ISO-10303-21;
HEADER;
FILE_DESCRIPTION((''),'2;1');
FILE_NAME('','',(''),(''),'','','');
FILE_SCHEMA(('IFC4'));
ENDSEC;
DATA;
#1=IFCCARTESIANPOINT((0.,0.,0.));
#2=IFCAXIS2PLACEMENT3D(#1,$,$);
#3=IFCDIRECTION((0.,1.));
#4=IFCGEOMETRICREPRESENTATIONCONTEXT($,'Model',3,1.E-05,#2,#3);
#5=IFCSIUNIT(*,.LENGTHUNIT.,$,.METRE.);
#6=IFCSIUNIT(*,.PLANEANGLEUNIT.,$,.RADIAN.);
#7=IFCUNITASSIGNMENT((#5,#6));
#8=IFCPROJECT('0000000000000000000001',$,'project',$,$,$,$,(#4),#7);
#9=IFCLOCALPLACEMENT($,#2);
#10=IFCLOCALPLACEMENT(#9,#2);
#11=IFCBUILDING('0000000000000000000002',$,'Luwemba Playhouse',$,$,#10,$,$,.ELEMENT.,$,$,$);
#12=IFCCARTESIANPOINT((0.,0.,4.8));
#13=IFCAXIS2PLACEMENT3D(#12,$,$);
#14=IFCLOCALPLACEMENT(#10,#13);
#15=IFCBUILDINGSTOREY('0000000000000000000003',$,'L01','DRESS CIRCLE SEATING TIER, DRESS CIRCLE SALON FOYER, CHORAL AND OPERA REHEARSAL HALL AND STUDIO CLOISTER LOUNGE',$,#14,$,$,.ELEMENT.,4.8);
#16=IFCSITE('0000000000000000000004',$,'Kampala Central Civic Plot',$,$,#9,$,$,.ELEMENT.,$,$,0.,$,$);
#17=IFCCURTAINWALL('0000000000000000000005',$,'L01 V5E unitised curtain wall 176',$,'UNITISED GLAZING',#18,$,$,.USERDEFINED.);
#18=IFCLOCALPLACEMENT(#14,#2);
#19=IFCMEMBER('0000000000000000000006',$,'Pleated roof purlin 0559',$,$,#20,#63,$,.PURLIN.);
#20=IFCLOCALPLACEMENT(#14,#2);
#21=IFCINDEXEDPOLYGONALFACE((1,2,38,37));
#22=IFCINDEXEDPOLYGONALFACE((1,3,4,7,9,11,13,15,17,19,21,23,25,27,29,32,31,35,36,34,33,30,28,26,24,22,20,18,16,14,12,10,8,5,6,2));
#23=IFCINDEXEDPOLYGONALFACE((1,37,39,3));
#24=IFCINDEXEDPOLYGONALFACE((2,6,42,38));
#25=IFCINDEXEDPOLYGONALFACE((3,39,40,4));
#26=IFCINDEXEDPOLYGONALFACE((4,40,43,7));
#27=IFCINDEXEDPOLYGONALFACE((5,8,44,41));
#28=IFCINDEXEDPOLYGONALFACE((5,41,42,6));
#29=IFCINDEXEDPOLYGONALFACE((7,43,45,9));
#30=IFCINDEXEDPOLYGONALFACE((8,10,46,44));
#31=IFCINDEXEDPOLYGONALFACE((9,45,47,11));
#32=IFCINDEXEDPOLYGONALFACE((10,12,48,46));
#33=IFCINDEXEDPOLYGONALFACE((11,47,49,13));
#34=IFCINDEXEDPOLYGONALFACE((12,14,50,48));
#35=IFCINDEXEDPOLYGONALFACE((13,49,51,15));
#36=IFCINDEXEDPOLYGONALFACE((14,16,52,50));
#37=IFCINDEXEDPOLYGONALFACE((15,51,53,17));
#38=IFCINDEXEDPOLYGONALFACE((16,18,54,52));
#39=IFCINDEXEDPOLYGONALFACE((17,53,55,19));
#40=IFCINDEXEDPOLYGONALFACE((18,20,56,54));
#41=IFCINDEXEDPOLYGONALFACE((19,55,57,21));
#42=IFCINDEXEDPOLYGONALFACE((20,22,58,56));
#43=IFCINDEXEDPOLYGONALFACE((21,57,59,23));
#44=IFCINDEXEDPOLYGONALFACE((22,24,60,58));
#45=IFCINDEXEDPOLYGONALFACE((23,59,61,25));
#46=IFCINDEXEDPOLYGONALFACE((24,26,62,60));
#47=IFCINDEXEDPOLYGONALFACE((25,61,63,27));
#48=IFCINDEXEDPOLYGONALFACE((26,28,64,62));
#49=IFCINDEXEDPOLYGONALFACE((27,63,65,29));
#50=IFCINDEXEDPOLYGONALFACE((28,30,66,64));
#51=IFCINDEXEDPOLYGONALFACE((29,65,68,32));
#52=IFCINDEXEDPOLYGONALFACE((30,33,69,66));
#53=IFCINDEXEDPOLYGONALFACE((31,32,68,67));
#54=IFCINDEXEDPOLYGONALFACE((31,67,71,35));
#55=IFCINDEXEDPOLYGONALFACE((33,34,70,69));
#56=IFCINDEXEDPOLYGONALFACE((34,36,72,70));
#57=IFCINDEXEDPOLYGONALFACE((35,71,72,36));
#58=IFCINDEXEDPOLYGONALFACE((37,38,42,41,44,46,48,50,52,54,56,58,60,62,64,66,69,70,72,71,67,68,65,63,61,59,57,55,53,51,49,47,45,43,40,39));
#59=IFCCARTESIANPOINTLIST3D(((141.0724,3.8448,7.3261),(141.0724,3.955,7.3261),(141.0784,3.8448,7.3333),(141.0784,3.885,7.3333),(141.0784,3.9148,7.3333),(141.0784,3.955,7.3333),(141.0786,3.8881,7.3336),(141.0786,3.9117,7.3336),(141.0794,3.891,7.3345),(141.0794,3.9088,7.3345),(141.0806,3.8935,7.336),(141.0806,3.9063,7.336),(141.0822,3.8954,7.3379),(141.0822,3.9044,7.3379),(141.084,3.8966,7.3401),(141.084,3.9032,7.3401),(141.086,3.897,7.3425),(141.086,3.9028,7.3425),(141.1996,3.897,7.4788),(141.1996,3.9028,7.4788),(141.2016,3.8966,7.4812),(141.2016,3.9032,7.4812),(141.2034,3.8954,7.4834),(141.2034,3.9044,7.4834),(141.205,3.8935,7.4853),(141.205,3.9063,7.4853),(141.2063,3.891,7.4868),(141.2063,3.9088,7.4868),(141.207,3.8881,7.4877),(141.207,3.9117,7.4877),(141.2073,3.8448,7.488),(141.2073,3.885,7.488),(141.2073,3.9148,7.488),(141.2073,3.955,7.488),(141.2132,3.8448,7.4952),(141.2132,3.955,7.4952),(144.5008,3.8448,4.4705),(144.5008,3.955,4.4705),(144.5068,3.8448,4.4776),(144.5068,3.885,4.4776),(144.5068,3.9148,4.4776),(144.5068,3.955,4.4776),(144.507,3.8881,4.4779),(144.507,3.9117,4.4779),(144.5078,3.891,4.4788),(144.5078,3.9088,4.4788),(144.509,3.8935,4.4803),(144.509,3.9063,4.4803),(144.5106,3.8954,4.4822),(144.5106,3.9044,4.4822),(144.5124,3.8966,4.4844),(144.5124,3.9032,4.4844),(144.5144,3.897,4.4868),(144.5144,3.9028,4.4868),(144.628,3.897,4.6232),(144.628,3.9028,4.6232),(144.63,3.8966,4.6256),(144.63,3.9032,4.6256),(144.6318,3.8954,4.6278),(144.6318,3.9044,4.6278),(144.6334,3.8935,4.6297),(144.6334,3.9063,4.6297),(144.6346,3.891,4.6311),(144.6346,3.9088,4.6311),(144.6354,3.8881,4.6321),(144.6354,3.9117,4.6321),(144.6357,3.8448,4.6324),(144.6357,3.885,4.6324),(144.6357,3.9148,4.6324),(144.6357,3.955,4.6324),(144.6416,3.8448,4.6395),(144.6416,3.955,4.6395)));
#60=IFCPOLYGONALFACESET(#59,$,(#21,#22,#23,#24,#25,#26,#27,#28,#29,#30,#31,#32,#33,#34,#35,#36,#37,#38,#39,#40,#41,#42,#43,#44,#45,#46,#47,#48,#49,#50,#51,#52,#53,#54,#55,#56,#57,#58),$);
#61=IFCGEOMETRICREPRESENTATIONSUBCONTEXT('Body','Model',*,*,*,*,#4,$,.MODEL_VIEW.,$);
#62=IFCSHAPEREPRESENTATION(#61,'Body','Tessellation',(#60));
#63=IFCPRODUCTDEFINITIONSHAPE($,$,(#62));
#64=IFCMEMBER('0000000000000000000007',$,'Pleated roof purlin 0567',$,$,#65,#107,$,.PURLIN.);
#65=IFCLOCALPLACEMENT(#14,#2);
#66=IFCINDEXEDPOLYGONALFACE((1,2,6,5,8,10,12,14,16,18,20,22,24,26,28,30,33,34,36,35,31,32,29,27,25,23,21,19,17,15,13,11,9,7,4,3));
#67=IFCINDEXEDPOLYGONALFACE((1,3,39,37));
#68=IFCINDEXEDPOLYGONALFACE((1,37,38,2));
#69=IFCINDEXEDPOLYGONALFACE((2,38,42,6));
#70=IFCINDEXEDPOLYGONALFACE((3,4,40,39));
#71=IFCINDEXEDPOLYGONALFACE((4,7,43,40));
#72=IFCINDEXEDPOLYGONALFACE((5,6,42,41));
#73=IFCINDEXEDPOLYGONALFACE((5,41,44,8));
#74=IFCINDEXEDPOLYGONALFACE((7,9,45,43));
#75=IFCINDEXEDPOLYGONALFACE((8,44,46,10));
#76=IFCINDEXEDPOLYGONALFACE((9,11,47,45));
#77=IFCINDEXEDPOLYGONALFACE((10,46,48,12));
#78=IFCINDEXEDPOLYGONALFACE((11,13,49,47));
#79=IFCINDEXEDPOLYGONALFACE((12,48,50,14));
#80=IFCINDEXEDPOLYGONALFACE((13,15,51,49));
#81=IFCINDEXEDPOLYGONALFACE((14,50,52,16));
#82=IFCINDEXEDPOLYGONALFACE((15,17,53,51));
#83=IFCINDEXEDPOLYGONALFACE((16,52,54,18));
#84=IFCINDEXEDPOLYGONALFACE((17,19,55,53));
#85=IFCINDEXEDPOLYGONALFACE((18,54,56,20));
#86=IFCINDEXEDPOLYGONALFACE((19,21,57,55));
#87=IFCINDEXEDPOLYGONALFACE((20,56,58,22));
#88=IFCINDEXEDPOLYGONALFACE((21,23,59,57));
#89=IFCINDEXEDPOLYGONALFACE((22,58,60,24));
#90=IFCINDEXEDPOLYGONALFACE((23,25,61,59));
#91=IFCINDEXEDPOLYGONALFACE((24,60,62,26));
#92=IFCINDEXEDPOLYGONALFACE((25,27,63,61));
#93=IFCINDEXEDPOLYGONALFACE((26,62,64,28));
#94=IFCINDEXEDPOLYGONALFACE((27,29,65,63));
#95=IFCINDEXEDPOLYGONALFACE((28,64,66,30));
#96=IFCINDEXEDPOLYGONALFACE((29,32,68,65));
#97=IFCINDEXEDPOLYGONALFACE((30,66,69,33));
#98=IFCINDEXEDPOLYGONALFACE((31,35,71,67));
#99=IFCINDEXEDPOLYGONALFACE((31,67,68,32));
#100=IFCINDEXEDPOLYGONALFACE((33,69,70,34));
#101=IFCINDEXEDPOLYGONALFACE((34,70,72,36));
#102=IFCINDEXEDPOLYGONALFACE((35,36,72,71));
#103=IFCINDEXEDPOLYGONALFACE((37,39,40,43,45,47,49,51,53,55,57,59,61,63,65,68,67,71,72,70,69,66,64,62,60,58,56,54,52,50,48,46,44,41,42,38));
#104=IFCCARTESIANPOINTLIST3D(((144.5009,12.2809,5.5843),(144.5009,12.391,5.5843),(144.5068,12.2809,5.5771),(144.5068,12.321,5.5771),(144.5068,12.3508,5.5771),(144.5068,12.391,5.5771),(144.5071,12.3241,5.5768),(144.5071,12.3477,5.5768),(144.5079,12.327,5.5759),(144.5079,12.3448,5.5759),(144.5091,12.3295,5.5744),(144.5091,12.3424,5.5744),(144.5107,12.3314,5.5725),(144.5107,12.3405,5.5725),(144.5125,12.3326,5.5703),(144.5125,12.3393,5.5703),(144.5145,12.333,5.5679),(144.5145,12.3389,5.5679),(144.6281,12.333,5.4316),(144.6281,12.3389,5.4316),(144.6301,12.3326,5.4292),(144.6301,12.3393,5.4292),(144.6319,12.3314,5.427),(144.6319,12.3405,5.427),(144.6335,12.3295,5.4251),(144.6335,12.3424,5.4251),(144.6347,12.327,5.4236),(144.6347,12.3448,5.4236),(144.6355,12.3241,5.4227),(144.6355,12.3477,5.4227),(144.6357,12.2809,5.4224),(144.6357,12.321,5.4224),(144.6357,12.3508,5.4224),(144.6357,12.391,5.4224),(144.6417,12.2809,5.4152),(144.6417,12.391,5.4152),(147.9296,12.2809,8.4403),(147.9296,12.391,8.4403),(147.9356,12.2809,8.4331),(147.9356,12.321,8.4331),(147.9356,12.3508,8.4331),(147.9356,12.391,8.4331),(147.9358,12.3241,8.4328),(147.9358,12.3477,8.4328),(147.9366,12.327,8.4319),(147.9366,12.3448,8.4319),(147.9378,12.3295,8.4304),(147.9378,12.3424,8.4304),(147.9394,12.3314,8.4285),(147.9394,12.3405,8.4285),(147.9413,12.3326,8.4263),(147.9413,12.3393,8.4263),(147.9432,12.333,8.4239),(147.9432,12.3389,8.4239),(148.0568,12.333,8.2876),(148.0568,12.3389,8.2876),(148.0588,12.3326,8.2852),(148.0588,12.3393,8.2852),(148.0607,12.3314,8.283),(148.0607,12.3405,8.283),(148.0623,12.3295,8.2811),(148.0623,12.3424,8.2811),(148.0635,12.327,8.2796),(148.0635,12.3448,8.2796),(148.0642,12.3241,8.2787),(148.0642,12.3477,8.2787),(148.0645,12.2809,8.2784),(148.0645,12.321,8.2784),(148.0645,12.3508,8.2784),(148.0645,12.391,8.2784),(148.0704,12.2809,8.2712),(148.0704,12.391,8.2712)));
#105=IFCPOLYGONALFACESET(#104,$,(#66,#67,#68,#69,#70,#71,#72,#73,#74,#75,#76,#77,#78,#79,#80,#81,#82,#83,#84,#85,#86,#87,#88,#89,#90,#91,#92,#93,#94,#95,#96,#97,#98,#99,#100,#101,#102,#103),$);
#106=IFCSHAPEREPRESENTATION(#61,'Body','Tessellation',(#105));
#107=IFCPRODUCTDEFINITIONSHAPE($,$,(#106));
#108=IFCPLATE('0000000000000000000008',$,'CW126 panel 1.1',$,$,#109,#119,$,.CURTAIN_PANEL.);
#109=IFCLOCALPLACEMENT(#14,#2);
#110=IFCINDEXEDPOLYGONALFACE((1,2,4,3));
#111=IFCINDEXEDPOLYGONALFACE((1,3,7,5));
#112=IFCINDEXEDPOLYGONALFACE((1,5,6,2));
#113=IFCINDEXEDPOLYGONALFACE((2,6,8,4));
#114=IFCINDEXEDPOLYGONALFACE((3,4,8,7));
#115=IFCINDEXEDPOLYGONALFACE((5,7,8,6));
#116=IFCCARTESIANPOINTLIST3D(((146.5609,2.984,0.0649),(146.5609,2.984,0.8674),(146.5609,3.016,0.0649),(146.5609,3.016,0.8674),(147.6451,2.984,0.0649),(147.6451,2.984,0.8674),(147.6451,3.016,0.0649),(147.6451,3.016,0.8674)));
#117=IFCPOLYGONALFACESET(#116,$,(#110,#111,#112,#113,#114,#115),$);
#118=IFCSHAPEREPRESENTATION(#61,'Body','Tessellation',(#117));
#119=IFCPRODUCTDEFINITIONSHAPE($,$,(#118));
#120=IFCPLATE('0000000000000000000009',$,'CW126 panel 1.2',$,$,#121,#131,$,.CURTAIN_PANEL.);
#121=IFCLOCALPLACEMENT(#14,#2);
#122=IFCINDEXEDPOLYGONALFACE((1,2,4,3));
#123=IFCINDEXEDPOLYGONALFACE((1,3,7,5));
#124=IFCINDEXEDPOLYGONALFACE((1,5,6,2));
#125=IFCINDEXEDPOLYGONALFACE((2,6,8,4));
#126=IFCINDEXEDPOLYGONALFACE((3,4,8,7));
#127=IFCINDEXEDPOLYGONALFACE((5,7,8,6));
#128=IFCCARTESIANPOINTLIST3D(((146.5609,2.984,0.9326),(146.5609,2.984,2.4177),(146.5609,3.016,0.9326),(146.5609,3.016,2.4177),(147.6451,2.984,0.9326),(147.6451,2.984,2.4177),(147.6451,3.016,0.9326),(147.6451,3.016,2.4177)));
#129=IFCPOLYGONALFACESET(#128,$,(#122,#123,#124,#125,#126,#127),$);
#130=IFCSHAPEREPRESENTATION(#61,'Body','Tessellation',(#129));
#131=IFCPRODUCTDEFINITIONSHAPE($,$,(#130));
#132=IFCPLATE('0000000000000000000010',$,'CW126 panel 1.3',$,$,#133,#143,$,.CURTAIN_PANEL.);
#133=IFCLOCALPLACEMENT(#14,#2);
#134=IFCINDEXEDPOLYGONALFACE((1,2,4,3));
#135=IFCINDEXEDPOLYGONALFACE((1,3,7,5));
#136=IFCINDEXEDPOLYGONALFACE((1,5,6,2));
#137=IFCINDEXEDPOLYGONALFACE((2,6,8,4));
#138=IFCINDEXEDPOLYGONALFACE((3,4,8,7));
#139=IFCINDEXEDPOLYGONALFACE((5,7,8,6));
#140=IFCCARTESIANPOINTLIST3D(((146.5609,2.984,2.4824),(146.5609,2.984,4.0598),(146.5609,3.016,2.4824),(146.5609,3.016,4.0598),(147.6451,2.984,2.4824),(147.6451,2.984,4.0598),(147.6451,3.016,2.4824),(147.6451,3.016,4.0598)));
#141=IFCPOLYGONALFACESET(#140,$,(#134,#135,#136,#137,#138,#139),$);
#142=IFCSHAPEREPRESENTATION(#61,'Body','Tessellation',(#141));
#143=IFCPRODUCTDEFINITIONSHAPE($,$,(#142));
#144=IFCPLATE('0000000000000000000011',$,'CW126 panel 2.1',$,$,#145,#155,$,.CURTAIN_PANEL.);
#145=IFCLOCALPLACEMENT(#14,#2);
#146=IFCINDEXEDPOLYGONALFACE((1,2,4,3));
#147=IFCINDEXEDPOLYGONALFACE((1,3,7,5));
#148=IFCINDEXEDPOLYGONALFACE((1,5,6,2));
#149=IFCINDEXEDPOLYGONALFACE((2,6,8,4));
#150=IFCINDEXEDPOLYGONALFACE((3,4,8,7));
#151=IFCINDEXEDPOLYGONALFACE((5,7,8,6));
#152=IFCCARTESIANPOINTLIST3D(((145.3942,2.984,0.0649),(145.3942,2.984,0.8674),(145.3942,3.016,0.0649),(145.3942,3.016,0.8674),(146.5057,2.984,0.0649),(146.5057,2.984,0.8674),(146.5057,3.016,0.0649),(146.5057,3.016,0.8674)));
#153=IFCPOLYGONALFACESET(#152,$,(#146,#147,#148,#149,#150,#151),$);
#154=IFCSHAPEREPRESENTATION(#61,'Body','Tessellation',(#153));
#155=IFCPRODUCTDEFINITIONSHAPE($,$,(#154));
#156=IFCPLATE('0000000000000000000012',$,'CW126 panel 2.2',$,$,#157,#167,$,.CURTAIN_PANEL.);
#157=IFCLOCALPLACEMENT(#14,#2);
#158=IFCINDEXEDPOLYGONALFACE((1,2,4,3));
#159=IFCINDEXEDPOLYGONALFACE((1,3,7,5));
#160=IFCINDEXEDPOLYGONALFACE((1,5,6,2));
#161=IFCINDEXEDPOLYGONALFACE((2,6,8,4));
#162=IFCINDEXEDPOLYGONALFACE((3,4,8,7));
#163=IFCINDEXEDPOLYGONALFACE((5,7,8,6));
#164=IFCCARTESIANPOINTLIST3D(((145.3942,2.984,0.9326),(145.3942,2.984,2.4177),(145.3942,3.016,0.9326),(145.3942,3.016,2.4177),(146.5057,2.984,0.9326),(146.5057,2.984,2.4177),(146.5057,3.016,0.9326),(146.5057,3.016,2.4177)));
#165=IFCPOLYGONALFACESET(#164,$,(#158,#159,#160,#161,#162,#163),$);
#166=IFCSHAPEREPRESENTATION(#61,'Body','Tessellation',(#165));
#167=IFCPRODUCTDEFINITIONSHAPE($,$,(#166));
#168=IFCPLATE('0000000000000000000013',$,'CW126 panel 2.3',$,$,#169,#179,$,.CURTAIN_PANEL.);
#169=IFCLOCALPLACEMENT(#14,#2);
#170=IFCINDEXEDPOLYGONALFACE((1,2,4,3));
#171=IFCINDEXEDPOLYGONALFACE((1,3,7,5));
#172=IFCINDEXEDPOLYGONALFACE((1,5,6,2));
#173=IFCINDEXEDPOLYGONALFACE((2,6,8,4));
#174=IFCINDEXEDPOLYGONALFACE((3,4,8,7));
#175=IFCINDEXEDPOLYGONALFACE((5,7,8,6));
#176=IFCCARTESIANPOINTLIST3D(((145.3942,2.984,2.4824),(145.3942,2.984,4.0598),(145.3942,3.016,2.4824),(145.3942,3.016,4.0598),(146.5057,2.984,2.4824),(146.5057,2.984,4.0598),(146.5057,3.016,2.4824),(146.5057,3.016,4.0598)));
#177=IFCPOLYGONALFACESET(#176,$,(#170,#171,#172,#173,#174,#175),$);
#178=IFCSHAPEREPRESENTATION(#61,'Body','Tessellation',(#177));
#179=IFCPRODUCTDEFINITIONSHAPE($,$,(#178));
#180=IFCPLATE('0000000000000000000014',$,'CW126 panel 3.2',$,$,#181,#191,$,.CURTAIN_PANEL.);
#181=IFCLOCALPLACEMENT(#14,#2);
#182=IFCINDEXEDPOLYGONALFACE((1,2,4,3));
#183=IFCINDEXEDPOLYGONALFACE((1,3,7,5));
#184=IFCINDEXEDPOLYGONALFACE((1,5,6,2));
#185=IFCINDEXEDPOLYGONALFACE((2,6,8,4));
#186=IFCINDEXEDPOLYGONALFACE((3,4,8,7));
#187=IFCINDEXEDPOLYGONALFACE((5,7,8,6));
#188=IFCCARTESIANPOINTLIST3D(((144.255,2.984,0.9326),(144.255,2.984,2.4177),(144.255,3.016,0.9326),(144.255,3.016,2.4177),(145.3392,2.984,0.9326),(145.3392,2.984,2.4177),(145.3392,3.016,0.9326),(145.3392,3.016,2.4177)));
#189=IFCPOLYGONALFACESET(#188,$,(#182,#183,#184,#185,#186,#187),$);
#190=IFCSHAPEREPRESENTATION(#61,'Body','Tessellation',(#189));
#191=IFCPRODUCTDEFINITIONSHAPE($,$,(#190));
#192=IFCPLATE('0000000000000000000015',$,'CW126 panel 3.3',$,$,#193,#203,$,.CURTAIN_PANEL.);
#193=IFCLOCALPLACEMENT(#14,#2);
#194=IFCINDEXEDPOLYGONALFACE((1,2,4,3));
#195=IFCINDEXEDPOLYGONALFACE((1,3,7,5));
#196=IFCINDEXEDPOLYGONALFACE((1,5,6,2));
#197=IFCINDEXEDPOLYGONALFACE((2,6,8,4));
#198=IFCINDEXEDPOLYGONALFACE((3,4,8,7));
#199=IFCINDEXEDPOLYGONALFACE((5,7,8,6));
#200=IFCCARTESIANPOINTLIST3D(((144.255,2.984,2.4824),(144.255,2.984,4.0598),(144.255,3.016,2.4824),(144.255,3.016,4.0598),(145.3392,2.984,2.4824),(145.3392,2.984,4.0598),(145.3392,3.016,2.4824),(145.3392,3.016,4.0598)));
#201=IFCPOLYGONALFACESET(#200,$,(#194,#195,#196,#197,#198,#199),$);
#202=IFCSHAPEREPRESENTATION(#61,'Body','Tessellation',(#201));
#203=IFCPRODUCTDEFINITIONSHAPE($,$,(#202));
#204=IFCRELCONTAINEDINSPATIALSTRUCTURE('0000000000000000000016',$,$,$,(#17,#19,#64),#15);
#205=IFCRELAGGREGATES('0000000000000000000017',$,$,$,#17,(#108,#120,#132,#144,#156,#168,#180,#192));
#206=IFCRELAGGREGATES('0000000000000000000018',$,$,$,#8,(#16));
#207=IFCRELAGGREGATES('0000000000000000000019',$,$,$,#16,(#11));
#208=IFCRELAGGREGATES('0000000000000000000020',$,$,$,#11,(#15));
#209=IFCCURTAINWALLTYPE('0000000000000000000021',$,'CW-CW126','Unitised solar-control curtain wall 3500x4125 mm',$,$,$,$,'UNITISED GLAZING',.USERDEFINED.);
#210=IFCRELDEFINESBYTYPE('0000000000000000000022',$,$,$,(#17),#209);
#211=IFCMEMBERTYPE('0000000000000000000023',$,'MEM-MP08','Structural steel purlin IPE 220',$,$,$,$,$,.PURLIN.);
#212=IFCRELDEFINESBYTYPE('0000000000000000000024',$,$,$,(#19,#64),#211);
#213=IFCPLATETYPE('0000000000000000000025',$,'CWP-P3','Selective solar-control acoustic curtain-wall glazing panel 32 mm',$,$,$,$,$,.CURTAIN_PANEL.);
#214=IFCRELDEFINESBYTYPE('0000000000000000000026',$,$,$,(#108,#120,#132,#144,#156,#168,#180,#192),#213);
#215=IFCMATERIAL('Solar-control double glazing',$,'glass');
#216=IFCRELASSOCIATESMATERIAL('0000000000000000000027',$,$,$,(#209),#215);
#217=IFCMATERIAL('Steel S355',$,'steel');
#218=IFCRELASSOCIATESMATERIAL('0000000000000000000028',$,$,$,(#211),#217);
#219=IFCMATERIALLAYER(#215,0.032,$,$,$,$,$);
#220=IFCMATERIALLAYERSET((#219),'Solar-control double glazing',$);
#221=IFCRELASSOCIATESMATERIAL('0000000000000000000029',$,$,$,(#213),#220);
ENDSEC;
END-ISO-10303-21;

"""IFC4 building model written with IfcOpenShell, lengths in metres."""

from ifc_helpers import new_model, si_unit, direction, frame, origin, origin_2d, place, context, subcontext, project, spatial, rectangle, i_section, extrude, material, layer, layer_set, material_profile, profile_set, type_object, element, aggregate, save


model = new_model("IFC4")

# Units and contexts
model_context = context("Model", 3, precision=1e-05, world=origin(), true_north=direction((0.0, 1.0)))
body_context = subcontext(model_context, "Body", "Model", "MODEL_VIEW")
ifc_project = project(units=[si_unit("LENGTHUNIT", "METRE"), si_unit("PLANEANGLEUNIT", "RADIAN")], contexts=[model_context])

# Site, building, storey
site_placement = place(None, origin())
site = spatial("IfcSite", under=ifc_project, at=site_placement, Name="Kampala Central Civic Plot", CompositionType="ELEMENT", RefElevation=0.0)
building_placement = place(site_placement, origin())
building = spatial("IfcBuilding", under=site, at=building_placement, Name="Luwemba Playhouse", CompositionType="ELEMENT")
storey_placement = place(building_placement, frame((0.0, 0.0, 4.8)))
storey = spatial("IfcBuildingStorey", under=building, at=storey_placement, Name="L01", Description="DRESS CIRCLE SEATING TIER, DRESS CIRCLE SALON FOYER, CHORAL AND OPERA REHEARSAL HALL AND STUDIO CLOISTER LOUNGE", CompositionType="ELEMENT", Elevation=4.8)

# Curtain wall
ifc_material_1 = material(Name="Solar-control double glazing", Category="glass")
curtain_wall_type = type_object("IfcCurtainWallType", Name="CW-CW126", Description="Unitised solar-control curtain wall 3500x4125 mm", ElementType="UNITISED GLAZING", PredefinedType="USERDEFINED", material=ifc_material_1)
curtain_wall_placement = place(storey_placement, origin())
curtain_wall = element("IfcCurtainWall", 1, at=curtain_wall_placement, inside=storey, type_object=curtain_wall_type, Name="L01 V5E unitised curtain wall 176", ObjectType="UNITISED GLAZING", PredefinedType="USERDEFINED")

# Members
ifc_material_2 = material(Name="Steel S355", Category="steel")
ifc_material_profile_1 = material_profile(ifc_material_2, i_section(OverallWidth=0.1101, OverallDepth=0.22, WebThickness=0.0059, FlangeThickness=0.0093, FilletRadius=0.012, at=origin_2d()))
ifc_profile_set_1 = profile_set([ifc_material_profile_1], Name="Steel S355")
member_type_1 = type_object("IfcMemberType", Name="MEM-MP08", Description="Structural steel purlin IPE 220", PredefinedType="PURLIN", material=ifc_profile_set_1)
member_1_placement = place(storey_placement, frame((141.1428, 3.8999, 7.4106), z_axis=(0.768369, 0.0, -0.640007), x_axis=(0.0, 1.0, 0.0)))
element("IfcMember", 2, at=member_1_placement, inside=storey, type_object=member_type_1, Name="Pleated roof purlin 0559", PredefinedType="PURLIN", context=body_context, shape_type="SweptSolid", body=[
    extrude(i_section(OverallWidth=0.1101, OverallDepth=0.22, WebThickness=0.0059, FlangeThickness=0.0093, FilletRadius=0.012, at=origin_2d()), origin(), (0.0, 0.0, 1.0), 4.4619),
])
member_2_placement = place(storey_placement, frame((144.5713, 12.3359, 5.4998), z_axis=(0.768365, 0.0, 0.640012), x_axis=(0.0, 1.0, 0.0)))
element("IfcMember", 3, at=member_2_placement, inside=storey, type_object=member_type_1, Name="Pleated roof purlin 0567", PredefinedType="PURLIN", context=body_context, shape_type="SweptSolid", body=[
    extrude(i_section(OverallWidth=0.1101, OverallDepth=0.22, WebThickness=0.0059, FlangeThickness=0.0093, FilletRadius=0.012, at=origin_2d()), origin(), (0.0, 0.0, 1.0), 4.4624),
])

# Plates
ifc_layer = layer(ifc_material_1, 0.032)
ifc_layer_set = layer_set([ifc_layer], Name="Solar-control double glazing")
plate_type = type_object("IfcPlateType", Name="CWP-P3", Description="Selective solar-control acoustic curtain-wall glazing panel 32 mm", PredefinedType="CURTAIN_PANEL", material=ifc_layer_set)
plate_1_placement = place(storey_placement, frame((147.103, 3.0, 0.0649), z_axis=(0.0, 0.0, 1.0), x_axis=(-1.0, 0.0, 0.0)))
plate_1 = element("IfcPlate", 4, at=plate_1_placement, type_object=plate_type, Name="CW126 panel 1.1", PredefinedType="CURTAIN_PANEL", context=body_context, shape_type="SweptSolid", body=[
    extrude(rectangle(XDim=1.0842, YDim=0.032, at=origin_2d()), origin(), (0.0, 0.0, 1.0), 0.8025),
])
plate_2_placement = place(storey_placement, frame((147.103, 3.0, 0.9326), z_axis=(0.0, 0.0, 1.0), x_axis=(-1.0, 0.0, 0.0)))
plate_2 = element("IfcPlate", 5, at=plate_2_placement, type_object=plate_type, Name="CW126 panel 1.2", PredefinedType="CURTAIN_PANEL", context=body_context, shape_type="SweptSolid", body=[
    extrude(rectangle(XDim=1.0842, YDim=0.032, at=origin_2d()), origin(), (0.0, 0.0, 1.0), 1.4851),
])
plate_3_placement = place(storey_placement, frame((147.103, 3.0, 2.4824), z_axis=(0.0, 0.0, 1.0), x_axis=(-1.0, 0.0, 0.0)))
plate_3 = element("IfcPlate", 6, at=plate_3_placement, type_object=plate_type, Name="CW126 panel 1.3", PredefinedType="CURTAIN_PANEL", context=body_context, shape_type="SweptSolid", body=[
    extrude(rectangle(XDim=1.0842, YDim=0.032, at=origin_2d()), origin(), (0.0, 0.0, 1.0), 1.5774),
])
plate_4_placement = place(storey_placement, frame((145.95, 3.0, 0.0649), z_axis=(0.0, 0.0, 1.0), x_axis=(-1.0, 0.0, 0.0)))
plate_4 = element("IfcPlate", 7, at=plate_4_placement, type_object=plate_type, Name="CW126 panel 2.1", PredefinedType="CURTAIN_PANEL", context=body_context, shape_type="SweptSolid", body=[
    extrude(rectangle(XDim=1.1116, YDim=0.032, at=origin_2d()), origin(), (0.0, 0.0, 1.0), 0.8025),
])
plate_5_placement = place(storey_placement, frame((145.95, 3.0, 0.9326), z_axis=(0.0, 0.0, 1.0), x_axis=(-1.0, 0.0, 0.0)))
plate_5 = element("IfcPlate", 8, at=plate_5_placement, type_object=plate_type, Name="CW126 panel 2.2", PredefinedType="CURTAIN_PANEL", context=body_context, shape_type="SweptSolid", body=[
    extrude(rectangle(XDim=1.1116, YDim=0.032, at=origin_2d()), origin(), (0.0, 0.0, 1.0), 1.4851),
])
plate_6_placement = place(storey_placement, frame((145.95, 3.0, 2.4824), z_axis=(0.0, 0.0, 1.0), x_axis=(-1.0, 0.0, 0.0)))
plate_6 = element("IfcPlate", 9, at=plate_6_placement, type_object=plate_type, Name="CW126 panel 2.3", PredefinedType="CURTAIN_PANEL", context=body_context, shape_type="SweptSolid", body=[
    extrude(rectangle(XDim=1.1116, YDim=0.032, at=origin_2d()), origin(), (0.0, 0.0, 1.0), 1.5774),
])
plate_7_placement = place(storey_placement, frame((144.7971, 3.0, 0.9326), z_axis=(0.0, 0.0, 1.0), x_axis=(-1.0, 0.0, 0.0)))
plate_7 = element("IfcPlate", 10, at=plate_7_placement, type_object=plate_type, Name="CW126 panel 3.2", PredefinedType="CURTAIN_PANEL", context=body_context, shape_type="SweptSolid", body=[
    extrude(rectangle(XDim=1.0842, YDim=0.032, at=origin_2d()), origin(), (0.0, 0.0, 1.0), 1.4851),
])
plate_8_placement = place(storey_placement, frame((144.7971, 3.0, 2.4824), z_axis=(0.0, 0.0, 1.0), x_axis=(-1.0, 0.0, 0.0)))
plate_8 = element("IfcPlate", 11, at=plate_8_placement, type_object=plate_type, Name="CW126 panel 3.3", PredefinedType="CURTAIN_PANEL", context=body_context, shape_type="SweptSolid", body=[
    extrude(rectangle(XDim=1.0842, YDim=0.032, at=origin_2d()), origin(), (0.0, 0.0, 1.0), 1.5774),
])
aggregate(curtain_wall, [plate_1, plate_2, plate_3, plate_4, plate_5, plate_6, plate_7, plate_8])

save(model, "model.ifc")
